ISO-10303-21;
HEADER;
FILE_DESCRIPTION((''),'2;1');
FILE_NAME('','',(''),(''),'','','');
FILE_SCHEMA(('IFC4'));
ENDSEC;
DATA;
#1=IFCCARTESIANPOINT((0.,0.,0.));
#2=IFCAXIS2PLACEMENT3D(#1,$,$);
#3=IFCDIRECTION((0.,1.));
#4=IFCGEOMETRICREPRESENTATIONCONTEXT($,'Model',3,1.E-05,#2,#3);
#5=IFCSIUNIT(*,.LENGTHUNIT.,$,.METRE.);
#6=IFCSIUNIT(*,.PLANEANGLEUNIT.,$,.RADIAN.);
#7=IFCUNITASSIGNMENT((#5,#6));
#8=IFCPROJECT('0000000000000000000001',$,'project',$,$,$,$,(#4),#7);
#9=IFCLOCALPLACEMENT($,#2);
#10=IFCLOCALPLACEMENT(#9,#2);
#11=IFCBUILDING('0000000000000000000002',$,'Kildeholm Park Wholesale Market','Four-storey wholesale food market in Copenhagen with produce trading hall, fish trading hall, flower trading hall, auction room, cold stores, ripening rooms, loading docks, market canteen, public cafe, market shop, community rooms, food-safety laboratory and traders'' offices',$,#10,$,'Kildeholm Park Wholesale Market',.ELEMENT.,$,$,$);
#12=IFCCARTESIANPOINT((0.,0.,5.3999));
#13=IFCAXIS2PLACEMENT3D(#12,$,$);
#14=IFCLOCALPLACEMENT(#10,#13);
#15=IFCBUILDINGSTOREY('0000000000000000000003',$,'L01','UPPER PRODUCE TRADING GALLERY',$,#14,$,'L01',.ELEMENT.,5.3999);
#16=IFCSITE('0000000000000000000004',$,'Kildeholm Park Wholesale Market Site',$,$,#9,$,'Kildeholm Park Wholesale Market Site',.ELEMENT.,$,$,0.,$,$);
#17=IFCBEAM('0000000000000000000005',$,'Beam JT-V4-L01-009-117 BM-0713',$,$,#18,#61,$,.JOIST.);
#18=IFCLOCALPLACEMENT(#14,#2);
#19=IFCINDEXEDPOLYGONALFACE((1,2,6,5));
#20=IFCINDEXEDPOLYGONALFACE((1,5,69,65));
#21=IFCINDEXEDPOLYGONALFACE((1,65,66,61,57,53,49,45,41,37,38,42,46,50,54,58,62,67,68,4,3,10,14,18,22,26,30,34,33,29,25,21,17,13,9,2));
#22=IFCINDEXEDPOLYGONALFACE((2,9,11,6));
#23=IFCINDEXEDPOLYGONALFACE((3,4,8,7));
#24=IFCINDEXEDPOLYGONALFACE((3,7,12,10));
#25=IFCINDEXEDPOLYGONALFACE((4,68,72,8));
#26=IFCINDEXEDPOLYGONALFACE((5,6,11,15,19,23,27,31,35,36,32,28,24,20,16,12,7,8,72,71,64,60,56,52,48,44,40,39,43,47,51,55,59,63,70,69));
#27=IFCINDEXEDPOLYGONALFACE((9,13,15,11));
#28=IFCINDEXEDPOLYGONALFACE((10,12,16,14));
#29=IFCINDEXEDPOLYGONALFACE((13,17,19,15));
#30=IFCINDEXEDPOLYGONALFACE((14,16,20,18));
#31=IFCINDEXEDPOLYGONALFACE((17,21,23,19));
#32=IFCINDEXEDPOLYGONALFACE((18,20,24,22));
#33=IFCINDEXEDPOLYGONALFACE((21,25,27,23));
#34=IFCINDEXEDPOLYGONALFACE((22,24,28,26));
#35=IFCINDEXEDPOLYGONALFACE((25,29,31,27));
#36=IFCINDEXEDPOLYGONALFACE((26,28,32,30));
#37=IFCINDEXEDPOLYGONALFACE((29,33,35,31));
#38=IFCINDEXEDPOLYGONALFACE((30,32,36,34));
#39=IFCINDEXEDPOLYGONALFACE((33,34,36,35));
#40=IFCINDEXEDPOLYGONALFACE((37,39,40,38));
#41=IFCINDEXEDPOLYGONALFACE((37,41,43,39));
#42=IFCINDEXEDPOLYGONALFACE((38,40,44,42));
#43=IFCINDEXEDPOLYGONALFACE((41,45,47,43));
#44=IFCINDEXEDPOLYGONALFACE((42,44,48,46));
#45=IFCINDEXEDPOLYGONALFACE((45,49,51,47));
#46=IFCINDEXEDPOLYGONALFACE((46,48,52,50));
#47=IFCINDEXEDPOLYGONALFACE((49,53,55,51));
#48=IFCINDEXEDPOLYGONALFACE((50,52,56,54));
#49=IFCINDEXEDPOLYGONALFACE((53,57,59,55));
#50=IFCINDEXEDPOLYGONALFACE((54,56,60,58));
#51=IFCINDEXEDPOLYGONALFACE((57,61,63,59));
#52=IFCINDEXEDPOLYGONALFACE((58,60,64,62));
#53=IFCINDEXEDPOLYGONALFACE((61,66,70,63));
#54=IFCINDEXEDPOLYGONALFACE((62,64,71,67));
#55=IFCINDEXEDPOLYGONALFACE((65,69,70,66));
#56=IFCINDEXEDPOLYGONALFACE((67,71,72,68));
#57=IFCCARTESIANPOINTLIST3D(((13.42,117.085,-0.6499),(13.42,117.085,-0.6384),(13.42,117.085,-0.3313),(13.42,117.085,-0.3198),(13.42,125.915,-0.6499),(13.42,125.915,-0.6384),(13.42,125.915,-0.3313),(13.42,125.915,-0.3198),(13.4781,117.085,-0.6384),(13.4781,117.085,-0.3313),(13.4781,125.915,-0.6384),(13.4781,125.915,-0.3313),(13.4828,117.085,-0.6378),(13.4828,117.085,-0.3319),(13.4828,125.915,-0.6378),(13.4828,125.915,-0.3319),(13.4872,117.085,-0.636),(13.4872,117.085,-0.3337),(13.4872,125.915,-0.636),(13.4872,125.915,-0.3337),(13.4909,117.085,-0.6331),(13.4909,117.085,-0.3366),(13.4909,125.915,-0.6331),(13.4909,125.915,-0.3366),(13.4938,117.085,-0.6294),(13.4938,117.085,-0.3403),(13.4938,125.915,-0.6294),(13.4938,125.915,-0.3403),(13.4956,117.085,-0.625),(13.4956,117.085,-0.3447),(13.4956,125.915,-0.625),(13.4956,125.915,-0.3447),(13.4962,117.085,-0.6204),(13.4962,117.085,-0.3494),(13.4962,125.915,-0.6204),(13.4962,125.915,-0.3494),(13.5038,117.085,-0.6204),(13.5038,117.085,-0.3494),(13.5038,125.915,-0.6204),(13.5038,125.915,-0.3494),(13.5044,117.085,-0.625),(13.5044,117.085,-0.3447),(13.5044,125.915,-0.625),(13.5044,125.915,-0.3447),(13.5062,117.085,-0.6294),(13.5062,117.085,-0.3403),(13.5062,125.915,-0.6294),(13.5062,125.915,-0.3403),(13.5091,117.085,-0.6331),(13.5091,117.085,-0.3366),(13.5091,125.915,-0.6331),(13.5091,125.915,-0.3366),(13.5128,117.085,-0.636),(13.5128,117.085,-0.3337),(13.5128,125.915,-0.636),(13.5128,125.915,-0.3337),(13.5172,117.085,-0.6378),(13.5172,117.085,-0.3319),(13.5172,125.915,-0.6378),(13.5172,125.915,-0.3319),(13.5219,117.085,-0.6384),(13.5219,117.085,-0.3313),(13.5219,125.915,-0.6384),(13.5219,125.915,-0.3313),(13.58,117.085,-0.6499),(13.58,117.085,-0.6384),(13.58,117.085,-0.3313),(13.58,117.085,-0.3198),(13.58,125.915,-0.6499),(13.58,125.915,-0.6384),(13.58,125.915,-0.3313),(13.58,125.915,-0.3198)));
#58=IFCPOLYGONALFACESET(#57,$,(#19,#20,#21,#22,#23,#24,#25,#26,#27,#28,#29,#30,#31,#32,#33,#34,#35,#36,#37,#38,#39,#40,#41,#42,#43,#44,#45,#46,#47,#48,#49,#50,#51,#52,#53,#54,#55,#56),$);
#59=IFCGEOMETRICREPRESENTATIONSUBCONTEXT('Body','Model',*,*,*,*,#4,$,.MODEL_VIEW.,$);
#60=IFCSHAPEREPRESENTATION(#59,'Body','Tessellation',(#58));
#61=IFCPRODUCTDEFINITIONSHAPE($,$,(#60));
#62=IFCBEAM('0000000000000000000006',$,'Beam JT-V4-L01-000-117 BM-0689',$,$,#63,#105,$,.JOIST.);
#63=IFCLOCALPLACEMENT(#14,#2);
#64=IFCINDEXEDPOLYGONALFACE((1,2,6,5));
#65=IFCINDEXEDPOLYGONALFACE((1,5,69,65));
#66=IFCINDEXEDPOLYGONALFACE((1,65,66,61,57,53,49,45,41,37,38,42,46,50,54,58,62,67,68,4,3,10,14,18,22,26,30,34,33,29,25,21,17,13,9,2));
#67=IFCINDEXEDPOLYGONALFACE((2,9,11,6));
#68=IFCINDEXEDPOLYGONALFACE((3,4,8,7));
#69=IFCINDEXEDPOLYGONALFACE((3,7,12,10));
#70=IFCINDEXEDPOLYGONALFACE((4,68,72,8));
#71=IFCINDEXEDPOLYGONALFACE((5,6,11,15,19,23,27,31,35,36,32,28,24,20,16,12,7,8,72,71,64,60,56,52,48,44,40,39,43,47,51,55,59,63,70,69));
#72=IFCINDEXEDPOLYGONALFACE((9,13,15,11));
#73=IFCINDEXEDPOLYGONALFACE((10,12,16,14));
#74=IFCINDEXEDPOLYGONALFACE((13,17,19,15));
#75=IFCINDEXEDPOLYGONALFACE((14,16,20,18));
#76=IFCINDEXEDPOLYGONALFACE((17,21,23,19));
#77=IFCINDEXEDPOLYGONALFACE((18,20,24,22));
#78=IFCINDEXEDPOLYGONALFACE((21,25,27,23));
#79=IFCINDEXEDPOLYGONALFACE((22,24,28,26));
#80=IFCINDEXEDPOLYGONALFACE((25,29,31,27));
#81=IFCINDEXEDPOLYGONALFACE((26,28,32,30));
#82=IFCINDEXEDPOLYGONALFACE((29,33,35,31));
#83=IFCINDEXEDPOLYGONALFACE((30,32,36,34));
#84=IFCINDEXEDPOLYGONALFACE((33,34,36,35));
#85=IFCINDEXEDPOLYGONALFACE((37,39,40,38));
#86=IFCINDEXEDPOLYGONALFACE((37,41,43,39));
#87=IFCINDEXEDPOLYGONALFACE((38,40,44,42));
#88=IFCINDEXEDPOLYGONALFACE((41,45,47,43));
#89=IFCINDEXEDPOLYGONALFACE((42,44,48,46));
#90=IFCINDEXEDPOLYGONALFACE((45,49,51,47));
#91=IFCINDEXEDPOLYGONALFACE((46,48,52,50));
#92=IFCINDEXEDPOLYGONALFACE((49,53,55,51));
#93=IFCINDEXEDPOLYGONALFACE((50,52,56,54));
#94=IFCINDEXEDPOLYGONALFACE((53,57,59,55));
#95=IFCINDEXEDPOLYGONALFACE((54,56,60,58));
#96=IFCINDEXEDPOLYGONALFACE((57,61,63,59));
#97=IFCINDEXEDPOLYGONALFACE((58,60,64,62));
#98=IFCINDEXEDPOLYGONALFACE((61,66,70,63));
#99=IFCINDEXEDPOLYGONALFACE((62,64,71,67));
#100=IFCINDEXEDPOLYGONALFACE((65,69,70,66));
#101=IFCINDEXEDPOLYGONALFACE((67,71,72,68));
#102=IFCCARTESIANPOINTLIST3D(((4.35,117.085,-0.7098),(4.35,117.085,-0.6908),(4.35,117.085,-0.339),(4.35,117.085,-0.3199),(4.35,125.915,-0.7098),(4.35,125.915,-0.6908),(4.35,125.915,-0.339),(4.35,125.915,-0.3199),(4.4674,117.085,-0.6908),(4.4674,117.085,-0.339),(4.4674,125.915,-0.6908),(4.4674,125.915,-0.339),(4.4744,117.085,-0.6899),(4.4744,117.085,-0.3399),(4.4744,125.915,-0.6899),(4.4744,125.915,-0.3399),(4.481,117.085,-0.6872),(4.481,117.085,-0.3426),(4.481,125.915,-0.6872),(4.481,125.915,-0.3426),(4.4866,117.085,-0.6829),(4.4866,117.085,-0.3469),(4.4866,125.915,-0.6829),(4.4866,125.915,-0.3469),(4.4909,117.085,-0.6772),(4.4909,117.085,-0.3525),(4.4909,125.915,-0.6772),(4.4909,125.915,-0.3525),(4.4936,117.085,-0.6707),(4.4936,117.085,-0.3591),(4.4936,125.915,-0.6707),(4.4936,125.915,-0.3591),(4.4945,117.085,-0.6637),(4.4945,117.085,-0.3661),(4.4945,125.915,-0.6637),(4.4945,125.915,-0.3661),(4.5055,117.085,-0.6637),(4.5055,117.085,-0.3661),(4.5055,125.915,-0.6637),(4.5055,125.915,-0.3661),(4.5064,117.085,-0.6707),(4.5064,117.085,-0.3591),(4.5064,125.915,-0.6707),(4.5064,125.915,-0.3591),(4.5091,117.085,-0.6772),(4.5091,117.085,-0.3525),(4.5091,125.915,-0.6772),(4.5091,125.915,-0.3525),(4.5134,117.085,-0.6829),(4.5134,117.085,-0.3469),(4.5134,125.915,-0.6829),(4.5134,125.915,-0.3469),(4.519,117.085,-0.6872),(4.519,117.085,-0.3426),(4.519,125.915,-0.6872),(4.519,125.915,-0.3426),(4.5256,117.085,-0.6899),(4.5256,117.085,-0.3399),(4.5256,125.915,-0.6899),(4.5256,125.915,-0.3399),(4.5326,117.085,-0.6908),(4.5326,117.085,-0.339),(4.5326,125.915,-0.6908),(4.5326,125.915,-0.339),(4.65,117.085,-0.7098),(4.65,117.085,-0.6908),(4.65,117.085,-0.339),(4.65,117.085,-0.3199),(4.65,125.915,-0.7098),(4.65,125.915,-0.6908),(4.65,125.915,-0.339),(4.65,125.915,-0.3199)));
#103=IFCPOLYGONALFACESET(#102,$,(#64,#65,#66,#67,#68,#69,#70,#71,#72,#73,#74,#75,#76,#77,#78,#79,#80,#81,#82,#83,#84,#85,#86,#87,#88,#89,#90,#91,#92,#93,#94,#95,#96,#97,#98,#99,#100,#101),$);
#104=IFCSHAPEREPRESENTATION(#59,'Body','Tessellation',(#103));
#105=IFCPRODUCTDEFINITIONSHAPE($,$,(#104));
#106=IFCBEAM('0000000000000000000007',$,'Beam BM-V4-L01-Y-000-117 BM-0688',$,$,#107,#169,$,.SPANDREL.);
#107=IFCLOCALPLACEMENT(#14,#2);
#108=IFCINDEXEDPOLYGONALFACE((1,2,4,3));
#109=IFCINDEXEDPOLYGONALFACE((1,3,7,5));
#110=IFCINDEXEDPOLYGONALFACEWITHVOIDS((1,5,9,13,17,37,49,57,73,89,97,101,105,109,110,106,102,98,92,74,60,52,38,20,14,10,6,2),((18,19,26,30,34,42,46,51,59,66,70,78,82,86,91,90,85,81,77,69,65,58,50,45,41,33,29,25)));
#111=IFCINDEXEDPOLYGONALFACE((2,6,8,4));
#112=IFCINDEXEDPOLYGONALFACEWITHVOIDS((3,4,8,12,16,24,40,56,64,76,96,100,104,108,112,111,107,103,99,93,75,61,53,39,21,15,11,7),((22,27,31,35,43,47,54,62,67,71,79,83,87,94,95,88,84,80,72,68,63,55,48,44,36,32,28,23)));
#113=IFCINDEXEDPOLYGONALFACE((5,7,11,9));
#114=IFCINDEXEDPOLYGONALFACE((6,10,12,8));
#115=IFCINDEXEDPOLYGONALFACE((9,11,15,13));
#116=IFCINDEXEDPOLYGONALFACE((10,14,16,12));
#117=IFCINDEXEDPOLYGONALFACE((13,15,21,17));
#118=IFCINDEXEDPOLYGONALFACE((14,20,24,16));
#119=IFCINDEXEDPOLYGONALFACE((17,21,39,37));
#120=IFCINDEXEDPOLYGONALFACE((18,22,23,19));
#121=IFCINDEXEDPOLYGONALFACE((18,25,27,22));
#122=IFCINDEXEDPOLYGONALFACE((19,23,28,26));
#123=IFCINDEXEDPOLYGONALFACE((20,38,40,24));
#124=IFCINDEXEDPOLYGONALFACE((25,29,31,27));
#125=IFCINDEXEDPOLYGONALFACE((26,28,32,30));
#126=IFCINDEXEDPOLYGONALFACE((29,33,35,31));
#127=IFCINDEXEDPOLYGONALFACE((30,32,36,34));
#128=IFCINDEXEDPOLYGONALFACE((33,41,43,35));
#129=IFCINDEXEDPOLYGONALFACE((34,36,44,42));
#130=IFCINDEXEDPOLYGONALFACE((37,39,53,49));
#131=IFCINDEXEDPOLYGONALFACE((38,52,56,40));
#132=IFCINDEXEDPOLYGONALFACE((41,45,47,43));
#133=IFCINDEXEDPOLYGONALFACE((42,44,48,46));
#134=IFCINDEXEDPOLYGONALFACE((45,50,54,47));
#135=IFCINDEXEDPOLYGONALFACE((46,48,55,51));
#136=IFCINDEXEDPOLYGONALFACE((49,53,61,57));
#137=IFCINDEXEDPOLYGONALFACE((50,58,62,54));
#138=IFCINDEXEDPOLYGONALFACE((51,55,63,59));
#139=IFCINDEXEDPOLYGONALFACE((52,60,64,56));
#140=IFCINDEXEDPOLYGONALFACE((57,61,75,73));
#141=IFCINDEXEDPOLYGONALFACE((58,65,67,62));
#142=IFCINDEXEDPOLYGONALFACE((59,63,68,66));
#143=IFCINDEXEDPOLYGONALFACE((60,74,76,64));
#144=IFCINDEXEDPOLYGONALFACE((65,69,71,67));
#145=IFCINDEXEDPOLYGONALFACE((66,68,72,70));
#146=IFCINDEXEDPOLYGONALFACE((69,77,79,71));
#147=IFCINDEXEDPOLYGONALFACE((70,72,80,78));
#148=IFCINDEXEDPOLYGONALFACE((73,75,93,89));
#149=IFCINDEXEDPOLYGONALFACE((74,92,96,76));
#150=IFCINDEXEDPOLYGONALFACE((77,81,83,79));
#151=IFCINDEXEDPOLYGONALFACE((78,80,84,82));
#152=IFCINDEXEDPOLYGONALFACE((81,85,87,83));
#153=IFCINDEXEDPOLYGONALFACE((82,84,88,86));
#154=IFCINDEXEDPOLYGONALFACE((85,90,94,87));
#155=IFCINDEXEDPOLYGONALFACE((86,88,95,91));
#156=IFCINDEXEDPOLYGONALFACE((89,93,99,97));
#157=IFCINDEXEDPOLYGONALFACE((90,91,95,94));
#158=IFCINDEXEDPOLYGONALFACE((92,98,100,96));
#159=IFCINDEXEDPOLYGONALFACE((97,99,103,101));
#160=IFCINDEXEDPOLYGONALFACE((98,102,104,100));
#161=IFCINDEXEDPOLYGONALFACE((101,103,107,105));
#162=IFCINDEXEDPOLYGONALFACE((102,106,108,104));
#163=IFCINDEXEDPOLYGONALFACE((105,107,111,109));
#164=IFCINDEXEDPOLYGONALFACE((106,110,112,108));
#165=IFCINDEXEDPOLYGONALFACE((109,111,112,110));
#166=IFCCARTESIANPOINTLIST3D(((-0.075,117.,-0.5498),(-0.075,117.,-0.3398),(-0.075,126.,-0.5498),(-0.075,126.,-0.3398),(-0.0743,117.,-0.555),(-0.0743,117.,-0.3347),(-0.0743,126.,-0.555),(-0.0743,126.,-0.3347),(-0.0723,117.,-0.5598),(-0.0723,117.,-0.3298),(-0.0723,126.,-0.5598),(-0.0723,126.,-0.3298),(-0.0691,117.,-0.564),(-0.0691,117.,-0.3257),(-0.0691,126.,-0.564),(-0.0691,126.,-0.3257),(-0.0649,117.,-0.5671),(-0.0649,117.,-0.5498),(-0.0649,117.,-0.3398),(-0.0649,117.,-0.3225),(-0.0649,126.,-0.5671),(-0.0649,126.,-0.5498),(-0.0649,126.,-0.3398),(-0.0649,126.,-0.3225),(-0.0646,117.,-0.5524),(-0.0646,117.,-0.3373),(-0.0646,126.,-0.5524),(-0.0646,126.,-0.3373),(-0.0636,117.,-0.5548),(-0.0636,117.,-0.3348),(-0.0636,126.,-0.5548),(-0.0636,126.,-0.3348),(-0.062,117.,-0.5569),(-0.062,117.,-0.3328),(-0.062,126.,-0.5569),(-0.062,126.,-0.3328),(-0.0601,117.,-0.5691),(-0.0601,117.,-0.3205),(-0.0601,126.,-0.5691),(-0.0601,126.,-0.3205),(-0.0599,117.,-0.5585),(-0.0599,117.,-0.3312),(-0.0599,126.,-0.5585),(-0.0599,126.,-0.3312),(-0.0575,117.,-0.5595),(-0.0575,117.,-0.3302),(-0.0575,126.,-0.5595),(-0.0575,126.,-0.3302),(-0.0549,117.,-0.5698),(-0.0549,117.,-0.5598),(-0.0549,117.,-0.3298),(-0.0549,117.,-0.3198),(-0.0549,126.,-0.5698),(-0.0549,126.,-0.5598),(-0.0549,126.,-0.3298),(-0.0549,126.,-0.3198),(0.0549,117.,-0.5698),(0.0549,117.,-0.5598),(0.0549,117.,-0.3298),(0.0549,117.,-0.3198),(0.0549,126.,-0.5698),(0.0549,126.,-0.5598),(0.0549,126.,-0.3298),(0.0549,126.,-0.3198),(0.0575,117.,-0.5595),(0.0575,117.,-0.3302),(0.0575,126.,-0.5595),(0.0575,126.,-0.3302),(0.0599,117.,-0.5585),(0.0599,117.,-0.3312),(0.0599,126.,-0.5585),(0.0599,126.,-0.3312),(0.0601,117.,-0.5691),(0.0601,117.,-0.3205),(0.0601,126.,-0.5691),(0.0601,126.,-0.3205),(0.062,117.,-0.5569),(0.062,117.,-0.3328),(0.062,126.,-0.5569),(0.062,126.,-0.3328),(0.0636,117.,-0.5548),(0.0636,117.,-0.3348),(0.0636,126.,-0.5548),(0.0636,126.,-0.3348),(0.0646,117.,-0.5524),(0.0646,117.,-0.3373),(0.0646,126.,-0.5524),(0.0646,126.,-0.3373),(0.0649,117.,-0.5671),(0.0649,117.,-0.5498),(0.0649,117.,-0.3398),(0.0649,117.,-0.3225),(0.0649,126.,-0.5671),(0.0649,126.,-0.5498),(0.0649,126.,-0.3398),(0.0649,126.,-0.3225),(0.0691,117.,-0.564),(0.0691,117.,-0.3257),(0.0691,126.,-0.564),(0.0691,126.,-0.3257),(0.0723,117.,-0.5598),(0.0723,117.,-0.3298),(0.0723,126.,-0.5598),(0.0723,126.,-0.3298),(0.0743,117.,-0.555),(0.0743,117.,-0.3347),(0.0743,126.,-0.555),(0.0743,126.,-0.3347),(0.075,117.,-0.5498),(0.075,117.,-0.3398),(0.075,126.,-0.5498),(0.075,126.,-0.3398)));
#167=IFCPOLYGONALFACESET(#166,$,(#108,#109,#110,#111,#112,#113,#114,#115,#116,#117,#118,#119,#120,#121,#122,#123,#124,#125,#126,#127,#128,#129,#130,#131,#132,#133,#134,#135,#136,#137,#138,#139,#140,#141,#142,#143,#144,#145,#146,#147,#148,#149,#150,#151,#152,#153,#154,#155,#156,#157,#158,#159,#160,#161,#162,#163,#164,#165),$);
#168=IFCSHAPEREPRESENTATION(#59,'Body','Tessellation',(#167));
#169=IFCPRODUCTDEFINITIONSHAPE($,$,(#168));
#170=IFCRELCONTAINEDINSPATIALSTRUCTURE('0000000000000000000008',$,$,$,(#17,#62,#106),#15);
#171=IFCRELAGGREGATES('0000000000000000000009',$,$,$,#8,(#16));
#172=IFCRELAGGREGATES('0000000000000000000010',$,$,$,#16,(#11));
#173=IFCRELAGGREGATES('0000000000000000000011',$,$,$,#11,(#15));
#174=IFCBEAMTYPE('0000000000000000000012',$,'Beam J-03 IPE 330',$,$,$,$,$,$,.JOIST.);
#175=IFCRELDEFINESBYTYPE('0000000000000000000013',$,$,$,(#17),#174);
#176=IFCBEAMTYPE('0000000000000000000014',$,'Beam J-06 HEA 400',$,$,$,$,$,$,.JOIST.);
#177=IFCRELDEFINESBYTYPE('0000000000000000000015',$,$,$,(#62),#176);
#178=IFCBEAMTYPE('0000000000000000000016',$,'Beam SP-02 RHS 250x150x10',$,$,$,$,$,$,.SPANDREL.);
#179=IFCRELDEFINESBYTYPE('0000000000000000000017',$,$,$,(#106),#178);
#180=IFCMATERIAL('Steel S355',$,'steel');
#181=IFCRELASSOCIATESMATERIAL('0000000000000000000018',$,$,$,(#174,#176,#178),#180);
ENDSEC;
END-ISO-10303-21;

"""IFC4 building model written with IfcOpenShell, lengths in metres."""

from ifc_helpers import new_model, si_unit, direction, frame, origin, origin_2d, place, context, subcontext, project, spatial, hollow_rectangle, i_section, extrude, material, material_profile, profile_set, type_object, element, save


model = new_model("IFC4")

# Units and contexts
model_context = context("Model", 3, precision=1e-05, world=origin(), true_north=direction((0.0, 1.0)))
body_context = subcontext(model_context, "Body", "Model", "MODEL_VIEW")
ifc_project = project(units=[si_unit("LENGTHUNIT", "METRE"), si_unit("PLANEANGLEUNIT", "RADIAN")], contexts=[model_context])

# Site, building, storey
site_placement = place(None, origin())
site = spatial("IfcSite", under=ifc_project, at=site_placement, Name="Kildeholm Park Wholesale Market Site", LongName="Kildeholm Park Wholesale Market Site", CompositionType="ELEMENT", RefElevation=0.0)
building_placement = place(site_placement, origin())
building = spatial("IfcBuilding", under=site, at=building_placement, Name="Kildeholm Park Wholesale Market", Description="Four-storey wholesale food market in Copenhagen with produce trading hall, fish trading hall, flower trading hall, auction room, cold stores, ripening rooms, loading docks, market canteen, public cafe, market shop, community rooms, food-safety laboratory and traders' offices", LongName="Kildeholm Park Wholesale Market", CompositionType="ELEMENT")
storey_placement = place(building_placement, frame((0.0, 0.0, 5.3999)))
storey = spatial("IfcBuildingStorey", under=building, at=storey_placement, Name="L01", Description="UPPER PRODUCE TRADING GALLERY", LongName="L01", CompositionType="ELEMENT", Elevation=5.3999)

# Beams
ifc_material_1 = material(Name="Steel S355", Category="steel")
ifc_material_profile_1 = material_profile(ifc_material_1, i_section(OverallWidth=0.1599, OverallDepth=0.3301, WebThickness=0.0076, FlangeThickness=0.0115, FilletRadius=0.0181, at=origin_2d()), Name="IPE 330")
ifc_profile_set_1 = profile_set([ifc_material_profile_1], Name="Steel S355")
beam_type_1 = type_object("IfcBeamType", Name="Beam J-03 IPE 330", PredefinedType="JOIST", material=ifc_profile_set_1)
beam_1_placement = place(storey_placement, frame((13.5, 117.085, -0.4849), z_axis=(0.0, 1.0, 0.0), x_axis=(-1.0, 0.0, 0.0)))
element("IfcBeam", 1, at=beam_1_placement, inside=storey, type_object=beam_type_1, Name="Beam JT-V4-L01-009-117 BM-0713", PredefinedType="JOIST", context=body_context, shape_type="SweptSolid", body=[
    extrude(i_section(OverallWidth=0.1599, OverallDepth=0.3301, WebThickness=0.0076, FlangeThickness=0.0115, FilletRadius=0.0181, at=origin_2d()), origin(), (0.0, 0.0, 1.0), 8.8301),
])
ifc_material_profile_2 = material_profile(ifc_material_1, i_section(OverallWidth=0.3, OverallDepth=0.3899, WebThickness=0.011, FlangeThickness=0.019, FilletRadius=0.0271, at=origin_2d()), Name="HEA 400")
ifc_profile_set_2 = profile_set([ifc_material_profile_2], Name="Steel S355")
beam_type_2 = type_object("IfcBeamType", Name="Beam J-06 HEA 400", PredefinedType="JOIST", material=ifc_profile_set_2)
beam_2_placement = place(storey_placement, frame((4.5, 117.085, -0.5149), z_axis=(0.0, 1.0, 0.0), x_axis=(-1.0, 0.0, 0.0)))
element("IfcBeam", 2, at=beam_2_placement, inside=storey, type_object=beam_type_2, Name="Beam JT-V4-L01-000-117 BM-0689", PredefinedType="JOIST", context=body_context, shape_type="SweptSolid", body=[
    extrude(i_section(OverallWidth=0.3, OverallDepth=0.3899, WebThickness=0.011, FlangeThickness=0.019, FilletRadius=0.0271, at=origin_2d()), origin(), (0.0, 0.0, 1.0), 8.8301),
])
ifc_material_profile_3 = material_profile(ifc_material_1, hollow_rectangle(XDim=0.1499, YDim=0.25, WallThickness=0.01, InnerFilletRadius=0.01, OuterFilletRadius=0.02, at=origin_2d()), Name="RHS 250x150x10")
ifc_profile_set_3 = profile_set([ifc_material_profile_3], Name="Steel S355")
beam_type_3 = type_object("IfcBeamType", Name="Beam SP-02 RHS 250x150x10", PredefinedType="SPANDREL", material=ifc_profile_set_3)
for number, where, z_axis, x_axis, name in (
    (3, (0.0, 117.0, -0.4448), (0.0, 1.0, 0.0), (-1.0, 0.0, 0.0), "Beam BM-V4-L01-Y-000-117 BM-0688"),
):
    element("IfcBeam", number, at=place(storey_placement, frame(where, z_axis=z_axis, x_axis=x_axis)), inside=storey, type_object=beam_type_3, Name=name, PredefinedType="SPANDREL", context=body_context, shape_type="SweptSolid", body=[
        extrude(hollow_rectangle(XDim=0.1499, YDim=0.25, WallThickness=0.01, InnerFilletRadius=0.01, OuterFilletRadius=0.02, at=origin_2d()), origin(), (0.0, 0.0, 1.0), 9.0),
    ])

save(model, "model.ifc")
